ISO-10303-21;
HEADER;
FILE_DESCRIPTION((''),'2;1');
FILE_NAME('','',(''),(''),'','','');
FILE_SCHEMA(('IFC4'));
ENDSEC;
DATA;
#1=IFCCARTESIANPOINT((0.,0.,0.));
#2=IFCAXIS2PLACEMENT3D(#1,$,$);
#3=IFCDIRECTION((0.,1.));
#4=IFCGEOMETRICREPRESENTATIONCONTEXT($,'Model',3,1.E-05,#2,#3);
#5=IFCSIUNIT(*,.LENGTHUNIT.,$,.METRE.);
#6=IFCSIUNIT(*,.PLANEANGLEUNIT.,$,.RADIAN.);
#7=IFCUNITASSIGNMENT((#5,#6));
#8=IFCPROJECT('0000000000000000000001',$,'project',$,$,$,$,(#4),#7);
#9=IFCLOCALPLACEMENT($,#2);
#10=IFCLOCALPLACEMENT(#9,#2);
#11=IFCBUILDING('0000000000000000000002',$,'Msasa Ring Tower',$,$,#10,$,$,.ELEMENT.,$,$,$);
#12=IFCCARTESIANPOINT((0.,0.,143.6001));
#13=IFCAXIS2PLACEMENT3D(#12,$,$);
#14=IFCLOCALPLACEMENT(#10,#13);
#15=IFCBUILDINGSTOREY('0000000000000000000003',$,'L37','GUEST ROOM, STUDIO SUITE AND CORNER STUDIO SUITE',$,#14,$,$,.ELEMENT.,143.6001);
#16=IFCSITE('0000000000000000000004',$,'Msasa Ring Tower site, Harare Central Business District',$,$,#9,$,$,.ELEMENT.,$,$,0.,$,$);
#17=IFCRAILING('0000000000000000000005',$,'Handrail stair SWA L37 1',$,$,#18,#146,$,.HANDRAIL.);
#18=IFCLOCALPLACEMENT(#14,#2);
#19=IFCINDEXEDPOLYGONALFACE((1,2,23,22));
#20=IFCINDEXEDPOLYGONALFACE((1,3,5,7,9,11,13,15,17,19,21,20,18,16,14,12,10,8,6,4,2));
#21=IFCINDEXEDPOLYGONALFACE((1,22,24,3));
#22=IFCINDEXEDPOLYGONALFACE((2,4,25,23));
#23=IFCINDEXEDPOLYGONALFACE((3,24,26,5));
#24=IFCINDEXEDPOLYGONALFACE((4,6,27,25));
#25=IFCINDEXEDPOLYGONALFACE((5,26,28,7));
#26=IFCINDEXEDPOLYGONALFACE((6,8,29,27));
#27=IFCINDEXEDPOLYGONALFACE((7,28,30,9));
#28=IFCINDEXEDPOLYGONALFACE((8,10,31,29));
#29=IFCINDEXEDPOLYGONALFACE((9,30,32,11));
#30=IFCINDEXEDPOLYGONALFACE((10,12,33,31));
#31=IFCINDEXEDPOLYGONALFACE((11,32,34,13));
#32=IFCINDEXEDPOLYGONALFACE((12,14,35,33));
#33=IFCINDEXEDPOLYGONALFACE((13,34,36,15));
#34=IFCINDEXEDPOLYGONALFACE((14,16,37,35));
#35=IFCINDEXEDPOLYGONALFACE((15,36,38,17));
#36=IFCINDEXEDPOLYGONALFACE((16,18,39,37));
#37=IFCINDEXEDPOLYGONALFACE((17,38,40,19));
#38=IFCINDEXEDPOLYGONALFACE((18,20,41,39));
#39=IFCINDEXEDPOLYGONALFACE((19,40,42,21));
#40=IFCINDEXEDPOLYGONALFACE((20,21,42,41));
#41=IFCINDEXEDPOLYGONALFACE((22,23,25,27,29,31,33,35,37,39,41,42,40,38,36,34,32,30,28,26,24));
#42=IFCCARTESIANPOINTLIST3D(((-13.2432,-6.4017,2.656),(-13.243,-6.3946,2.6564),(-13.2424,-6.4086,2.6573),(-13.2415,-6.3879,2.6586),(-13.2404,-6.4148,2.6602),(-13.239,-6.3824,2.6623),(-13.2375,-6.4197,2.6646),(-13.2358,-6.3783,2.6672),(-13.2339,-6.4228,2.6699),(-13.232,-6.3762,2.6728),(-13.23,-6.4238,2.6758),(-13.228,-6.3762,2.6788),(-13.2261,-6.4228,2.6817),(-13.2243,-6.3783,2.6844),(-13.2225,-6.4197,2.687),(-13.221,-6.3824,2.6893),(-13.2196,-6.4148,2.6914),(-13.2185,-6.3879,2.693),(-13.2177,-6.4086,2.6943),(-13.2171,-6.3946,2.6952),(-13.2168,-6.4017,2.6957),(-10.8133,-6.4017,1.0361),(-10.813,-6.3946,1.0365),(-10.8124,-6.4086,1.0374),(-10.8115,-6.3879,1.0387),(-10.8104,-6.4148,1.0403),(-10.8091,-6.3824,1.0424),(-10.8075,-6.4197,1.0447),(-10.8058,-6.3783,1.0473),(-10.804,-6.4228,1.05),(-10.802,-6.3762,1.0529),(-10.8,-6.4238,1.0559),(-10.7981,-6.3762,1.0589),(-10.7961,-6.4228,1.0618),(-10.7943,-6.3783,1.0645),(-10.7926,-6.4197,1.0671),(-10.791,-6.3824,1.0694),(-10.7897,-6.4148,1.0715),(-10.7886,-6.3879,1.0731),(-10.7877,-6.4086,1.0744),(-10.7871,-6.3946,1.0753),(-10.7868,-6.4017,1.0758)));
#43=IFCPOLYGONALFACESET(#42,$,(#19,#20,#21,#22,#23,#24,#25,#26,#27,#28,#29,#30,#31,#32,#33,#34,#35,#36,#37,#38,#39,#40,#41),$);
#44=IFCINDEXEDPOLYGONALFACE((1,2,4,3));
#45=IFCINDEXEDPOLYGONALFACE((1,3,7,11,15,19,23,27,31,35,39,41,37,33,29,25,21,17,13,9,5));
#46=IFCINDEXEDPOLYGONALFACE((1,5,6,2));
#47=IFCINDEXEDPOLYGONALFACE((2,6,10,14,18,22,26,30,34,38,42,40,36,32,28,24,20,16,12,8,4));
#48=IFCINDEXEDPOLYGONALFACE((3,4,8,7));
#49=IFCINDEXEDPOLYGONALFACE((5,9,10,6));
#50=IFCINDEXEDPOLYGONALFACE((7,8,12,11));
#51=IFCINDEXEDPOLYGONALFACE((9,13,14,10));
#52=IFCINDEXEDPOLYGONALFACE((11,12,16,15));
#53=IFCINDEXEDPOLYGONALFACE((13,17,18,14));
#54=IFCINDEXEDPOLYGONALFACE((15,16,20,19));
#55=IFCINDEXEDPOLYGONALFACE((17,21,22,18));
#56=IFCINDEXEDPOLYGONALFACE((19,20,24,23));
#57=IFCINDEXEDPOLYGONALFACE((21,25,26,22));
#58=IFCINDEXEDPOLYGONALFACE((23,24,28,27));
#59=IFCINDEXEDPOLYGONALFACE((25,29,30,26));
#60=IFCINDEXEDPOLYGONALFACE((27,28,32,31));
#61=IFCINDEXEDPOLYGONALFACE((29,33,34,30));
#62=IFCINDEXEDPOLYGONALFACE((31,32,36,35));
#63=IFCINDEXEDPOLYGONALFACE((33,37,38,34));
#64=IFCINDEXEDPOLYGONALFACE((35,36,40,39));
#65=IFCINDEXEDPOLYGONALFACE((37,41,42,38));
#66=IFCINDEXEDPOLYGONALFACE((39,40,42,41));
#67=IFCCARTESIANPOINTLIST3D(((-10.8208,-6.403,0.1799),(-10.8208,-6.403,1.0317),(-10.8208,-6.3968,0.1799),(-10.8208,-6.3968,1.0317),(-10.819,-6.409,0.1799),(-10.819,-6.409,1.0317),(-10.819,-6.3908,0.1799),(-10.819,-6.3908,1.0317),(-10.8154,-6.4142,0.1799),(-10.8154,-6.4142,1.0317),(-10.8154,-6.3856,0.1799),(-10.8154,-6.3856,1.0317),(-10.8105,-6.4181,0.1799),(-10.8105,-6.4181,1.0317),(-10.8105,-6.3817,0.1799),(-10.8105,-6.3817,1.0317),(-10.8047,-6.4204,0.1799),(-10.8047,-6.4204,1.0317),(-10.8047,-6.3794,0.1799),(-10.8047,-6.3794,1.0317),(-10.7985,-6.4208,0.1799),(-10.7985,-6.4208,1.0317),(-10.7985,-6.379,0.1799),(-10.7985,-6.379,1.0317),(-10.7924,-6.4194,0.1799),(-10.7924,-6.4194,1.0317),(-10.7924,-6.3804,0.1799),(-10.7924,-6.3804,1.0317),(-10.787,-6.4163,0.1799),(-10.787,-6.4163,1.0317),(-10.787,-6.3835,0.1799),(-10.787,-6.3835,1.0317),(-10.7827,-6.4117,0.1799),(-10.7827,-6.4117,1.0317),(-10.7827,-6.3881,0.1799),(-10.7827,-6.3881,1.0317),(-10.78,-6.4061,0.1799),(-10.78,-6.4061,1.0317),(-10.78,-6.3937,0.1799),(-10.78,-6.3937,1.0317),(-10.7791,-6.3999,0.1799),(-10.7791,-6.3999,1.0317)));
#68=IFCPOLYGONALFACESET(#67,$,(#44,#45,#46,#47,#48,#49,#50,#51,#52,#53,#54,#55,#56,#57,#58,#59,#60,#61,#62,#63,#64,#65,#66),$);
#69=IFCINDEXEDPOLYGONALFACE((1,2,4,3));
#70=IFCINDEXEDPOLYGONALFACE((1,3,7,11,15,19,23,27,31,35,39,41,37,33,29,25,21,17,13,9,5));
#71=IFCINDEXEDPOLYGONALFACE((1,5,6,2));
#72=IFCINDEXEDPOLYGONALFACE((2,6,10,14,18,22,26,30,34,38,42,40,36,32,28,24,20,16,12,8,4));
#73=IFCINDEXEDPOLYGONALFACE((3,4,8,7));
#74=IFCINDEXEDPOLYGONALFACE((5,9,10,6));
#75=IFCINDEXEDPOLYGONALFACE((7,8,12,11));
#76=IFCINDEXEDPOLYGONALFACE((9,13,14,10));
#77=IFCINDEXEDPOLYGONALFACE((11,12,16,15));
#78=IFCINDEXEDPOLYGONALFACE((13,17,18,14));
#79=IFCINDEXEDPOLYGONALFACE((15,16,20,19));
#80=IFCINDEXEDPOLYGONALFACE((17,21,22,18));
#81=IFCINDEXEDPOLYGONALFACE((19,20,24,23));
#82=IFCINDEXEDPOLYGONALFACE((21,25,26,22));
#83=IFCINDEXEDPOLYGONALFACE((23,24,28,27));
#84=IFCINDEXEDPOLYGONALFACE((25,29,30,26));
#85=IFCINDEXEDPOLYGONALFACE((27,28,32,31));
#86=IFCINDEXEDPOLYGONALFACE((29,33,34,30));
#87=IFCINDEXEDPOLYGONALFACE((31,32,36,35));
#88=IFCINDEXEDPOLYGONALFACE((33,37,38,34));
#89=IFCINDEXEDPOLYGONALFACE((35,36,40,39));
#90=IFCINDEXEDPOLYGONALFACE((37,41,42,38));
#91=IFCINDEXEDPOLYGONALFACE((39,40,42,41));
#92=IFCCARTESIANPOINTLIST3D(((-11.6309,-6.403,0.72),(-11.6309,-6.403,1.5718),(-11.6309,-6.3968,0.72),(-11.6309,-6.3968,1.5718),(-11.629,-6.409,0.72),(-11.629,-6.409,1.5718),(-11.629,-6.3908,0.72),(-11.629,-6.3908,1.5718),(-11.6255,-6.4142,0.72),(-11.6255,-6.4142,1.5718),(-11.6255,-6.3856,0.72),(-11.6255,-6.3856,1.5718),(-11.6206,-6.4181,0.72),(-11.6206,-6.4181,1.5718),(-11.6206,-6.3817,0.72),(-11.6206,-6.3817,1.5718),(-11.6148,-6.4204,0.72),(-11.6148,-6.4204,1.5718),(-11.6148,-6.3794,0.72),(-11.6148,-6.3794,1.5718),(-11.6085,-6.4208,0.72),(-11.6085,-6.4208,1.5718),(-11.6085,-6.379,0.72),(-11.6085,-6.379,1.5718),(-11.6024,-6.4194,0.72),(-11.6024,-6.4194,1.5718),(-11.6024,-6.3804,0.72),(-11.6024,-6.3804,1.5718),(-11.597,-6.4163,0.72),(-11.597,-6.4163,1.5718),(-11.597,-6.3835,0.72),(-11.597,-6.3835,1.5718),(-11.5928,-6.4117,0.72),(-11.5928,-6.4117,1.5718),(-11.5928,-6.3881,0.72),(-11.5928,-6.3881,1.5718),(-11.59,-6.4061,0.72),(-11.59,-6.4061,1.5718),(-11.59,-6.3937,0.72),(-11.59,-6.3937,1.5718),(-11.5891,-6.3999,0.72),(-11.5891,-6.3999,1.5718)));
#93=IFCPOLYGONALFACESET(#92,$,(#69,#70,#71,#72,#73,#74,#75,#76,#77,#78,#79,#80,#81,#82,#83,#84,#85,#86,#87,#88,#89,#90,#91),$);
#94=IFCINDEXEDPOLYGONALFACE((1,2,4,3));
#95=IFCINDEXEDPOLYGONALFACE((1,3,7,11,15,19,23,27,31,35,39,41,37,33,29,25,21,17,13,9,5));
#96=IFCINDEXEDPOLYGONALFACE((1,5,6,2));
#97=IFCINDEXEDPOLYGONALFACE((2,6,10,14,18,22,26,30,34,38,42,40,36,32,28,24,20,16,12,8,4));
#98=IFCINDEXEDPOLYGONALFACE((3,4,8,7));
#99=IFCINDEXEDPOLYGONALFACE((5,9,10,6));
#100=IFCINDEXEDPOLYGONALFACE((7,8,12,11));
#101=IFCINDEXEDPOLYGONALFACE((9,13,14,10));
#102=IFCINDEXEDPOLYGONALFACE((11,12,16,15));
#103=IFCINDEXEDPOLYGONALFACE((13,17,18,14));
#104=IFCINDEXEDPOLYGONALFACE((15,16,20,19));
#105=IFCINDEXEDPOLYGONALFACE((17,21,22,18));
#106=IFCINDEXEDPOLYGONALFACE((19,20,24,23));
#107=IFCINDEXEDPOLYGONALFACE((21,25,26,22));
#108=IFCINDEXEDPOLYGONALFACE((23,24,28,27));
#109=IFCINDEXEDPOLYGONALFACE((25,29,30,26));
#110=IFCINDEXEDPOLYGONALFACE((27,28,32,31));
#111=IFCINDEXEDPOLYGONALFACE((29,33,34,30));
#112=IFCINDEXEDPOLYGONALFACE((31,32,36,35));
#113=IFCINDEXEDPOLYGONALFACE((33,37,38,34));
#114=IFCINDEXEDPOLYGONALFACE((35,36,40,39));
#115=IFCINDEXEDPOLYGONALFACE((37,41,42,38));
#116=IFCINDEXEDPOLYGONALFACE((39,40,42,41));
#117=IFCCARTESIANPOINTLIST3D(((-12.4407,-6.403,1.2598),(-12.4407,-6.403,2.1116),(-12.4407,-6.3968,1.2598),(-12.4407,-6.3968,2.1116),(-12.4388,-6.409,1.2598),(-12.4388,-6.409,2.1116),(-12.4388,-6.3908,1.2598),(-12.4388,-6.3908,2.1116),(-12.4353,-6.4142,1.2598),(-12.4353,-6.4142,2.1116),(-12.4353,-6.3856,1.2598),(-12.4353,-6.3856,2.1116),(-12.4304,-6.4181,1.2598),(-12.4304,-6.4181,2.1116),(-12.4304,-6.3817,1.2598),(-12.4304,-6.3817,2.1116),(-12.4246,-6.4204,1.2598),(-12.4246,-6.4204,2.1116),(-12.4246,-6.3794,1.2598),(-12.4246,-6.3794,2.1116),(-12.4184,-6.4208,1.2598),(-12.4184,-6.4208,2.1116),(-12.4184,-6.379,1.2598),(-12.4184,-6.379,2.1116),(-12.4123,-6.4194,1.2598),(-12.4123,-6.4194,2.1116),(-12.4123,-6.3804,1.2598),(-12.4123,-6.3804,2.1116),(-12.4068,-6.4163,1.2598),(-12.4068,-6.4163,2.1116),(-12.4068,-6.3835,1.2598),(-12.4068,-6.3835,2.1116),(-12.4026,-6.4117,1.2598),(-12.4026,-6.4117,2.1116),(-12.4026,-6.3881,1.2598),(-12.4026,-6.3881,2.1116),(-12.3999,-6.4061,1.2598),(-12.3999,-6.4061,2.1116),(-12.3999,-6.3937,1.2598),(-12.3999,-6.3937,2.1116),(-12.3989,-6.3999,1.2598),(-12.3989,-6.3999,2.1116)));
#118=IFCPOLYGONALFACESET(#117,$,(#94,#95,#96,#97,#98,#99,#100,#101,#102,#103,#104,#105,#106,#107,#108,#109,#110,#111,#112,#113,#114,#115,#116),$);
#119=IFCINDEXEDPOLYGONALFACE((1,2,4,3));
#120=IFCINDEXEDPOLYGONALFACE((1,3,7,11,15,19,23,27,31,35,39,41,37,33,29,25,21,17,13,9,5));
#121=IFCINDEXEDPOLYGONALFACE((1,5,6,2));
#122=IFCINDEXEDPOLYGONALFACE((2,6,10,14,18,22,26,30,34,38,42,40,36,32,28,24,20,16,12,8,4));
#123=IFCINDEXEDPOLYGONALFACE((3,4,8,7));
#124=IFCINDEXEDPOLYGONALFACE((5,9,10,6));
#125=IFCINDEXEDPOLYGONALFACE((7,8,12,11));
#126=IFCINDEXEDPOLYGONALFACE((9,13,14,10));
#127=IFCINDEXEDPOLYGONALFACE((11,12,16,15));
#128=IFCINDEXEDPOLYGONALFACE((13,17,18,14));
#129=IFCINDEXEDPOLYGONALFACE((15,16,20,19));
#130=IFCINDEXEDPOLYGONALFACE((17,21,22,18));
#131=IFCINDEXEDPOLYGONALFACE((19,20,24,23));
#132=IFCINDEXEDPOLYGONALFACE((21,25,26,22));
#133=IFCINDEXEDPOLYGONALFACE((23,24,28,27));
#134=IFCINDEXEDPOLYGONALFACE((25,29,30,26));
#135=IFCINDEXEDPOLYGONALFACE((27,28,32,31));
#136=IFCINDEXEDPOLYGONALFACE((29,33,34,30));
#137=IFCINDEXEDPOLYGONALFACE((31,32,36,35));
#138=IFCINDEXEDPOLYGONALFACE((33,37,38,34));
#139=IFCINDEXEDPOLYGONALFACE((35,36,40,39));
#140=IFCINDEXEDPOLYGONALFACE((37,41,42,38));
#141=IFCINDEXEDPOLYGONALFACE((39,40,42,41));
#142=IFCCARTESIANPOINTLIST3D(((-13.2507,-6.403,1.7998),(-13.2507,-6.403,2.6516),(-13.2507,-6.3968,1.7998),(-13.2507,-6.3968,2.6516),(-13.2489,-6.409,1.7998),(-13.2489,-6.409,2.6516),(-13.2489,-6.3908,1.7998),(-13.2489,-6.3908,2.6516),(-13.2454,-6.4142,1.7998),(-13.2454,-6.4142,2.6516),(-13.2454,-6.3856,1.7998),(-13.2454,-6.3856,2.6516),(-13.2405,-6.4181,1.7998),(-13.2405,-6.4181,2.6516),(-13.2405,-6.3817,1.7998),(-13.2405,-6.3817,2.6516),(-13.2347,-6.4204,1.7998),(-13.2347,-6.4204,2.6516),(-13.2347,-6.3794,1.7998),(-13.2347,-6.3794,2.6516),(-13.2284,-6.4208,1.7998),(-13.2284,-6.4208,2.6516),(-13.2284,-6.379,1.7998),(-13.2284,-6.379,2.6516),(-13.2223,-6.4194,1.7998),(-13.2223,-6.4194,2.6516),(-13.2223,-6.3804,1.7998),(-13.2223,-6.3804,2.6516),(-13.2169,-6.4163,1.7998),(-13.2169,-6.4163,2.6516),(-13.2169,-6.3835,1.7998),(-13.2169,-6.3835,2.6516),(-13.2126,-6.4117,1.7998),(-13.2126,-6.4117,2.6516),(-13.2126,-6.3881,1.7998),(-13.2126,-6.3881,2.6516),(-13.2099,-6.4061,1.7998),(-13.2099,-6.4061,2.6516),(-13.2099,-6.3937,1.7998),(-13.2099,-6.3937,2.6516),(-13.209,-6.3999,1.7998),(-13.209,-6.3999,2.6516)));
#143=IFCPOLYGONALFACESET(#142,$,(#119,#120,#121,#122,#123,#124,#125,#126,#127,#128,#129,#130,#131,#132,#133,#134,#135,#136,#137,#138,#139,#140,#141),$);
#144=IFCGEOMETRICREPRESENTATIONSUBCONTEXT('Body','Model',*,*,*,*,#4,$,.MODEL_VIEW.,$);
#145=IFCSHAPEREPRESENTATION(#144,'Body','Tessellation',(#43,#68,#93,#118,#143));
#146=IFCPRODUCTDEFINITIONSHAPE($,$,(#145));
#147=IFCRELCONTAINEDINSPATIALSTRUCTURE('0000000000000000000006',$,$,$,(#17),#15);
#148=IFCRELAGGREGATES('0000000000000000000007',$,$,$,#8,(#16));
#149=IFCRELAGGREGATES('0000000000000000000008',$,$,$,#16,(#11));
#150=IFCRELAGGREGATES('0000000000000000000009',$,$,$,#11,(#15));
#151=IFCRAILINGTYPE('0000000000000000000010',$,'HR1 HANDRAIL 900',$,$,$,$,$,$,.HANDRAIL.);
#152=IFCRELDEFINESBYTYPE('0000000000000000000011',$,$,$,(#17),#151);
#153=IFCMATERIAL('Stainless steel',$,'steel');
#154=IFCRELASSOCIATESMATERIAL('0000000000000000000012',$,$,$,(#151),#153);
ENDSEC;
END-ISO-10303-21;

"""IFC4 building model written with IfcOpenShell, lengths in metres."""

from ifc_helpers import new_model, si_unit, direction, frame, origin, origin_2d, place, context, subcontext, project, spatial, circle, extrude, material, type_object, element, save


model = new_model("IFC4")

# Units and contexts
model_context = context("Model", 3, precision=1e-05, world=origin(), true_north=direction((0.0, 1.0)))
body_context = subcontext(model_context, "Body", "Model", "MODEL_VIEW")
ifc_project = project(units=[si_unit("LENGTHUNIT", "METRE"), si_unit("PLANEANGLEUNIT", "RADIAN")], contexts=[model_context])

# Site, building, storey
site_placement = place(None, origin())
site = spatial("IfcSite", under=ifc_project, at=site_placement, Name="Msasa Ring Tower site, Harare Central Business District", CompositionType="ELEMENT", RefElevation=0.0)
building_placement = place(site_placement, origin())
building = spatial("IfcBuilding", under=site, at=building_placement, Name="Msasa Ring Tower", CompositionType="ELEMENT")
storey_placement = place(building_placement, frame((0.0, 0.0, 143.6001)))
storey = spatial("IfcBuildingStorey", under=building, at=storey_placement, Name="L37", Description="GUEST ROOM, STUDIO SUITE AND CORNER STUDIO SUITE", CompositionType="ELEMENT", Elevation=143.6001)

# Railing
ifc_material_1 = material(Name="Stainless steel", Category="steel")
railing_type = type_object("IfcRailingType", Name="HR1 HANDRAIL 900", PredefinedType="HANDRAIL", material=ifc_material_1)
for number, where, name in (
    (1, (-10.8, -6.3999, 0.1799), "Handrail stair SWA L37 1"),
):
    element("IfcRailing", number, at=place(storey_placement, frame(where)), inside=storey, type_object=railing_type, Name=name, PredefinedType="HANDRAIL", context=body_context, shape_type="SweptSolid", body=[
        extrude(circle(Radius=0.0239, at=origin_2d()), frame((0.0, 0.0, 0.876), z_axis=(-0.832063, 0.0, 0.554681), x_axis=(0.0, -1.0, 0.0)), (0.0, 0.0, 1.0), 2.9204),
        extrude(circle(Radius=0.021, at=origin_2d()), origin(), (0.0, 0.0, 1.0), 0.8518),
        extrude(circle(Radius=0.021, at=origin_2d()), frame((-0.8101, 0.0, 0.54)), (0.0, 0.0, 1.0), 0.8518),
        extrude(circle(Radius=0.021, at=origin_2d()), frame((-1.6199, 0.0, 1.0798)), (0.0, 0.0, 1.0), 0.8518),
        extrude(circle(Radius=0.021, at=origin_2d()), frame((-2.4299, 0.0, 1.6199)), (0.0, 0.0, 1.0), 0.8518),
    ])

save(model, "model.ifc")
